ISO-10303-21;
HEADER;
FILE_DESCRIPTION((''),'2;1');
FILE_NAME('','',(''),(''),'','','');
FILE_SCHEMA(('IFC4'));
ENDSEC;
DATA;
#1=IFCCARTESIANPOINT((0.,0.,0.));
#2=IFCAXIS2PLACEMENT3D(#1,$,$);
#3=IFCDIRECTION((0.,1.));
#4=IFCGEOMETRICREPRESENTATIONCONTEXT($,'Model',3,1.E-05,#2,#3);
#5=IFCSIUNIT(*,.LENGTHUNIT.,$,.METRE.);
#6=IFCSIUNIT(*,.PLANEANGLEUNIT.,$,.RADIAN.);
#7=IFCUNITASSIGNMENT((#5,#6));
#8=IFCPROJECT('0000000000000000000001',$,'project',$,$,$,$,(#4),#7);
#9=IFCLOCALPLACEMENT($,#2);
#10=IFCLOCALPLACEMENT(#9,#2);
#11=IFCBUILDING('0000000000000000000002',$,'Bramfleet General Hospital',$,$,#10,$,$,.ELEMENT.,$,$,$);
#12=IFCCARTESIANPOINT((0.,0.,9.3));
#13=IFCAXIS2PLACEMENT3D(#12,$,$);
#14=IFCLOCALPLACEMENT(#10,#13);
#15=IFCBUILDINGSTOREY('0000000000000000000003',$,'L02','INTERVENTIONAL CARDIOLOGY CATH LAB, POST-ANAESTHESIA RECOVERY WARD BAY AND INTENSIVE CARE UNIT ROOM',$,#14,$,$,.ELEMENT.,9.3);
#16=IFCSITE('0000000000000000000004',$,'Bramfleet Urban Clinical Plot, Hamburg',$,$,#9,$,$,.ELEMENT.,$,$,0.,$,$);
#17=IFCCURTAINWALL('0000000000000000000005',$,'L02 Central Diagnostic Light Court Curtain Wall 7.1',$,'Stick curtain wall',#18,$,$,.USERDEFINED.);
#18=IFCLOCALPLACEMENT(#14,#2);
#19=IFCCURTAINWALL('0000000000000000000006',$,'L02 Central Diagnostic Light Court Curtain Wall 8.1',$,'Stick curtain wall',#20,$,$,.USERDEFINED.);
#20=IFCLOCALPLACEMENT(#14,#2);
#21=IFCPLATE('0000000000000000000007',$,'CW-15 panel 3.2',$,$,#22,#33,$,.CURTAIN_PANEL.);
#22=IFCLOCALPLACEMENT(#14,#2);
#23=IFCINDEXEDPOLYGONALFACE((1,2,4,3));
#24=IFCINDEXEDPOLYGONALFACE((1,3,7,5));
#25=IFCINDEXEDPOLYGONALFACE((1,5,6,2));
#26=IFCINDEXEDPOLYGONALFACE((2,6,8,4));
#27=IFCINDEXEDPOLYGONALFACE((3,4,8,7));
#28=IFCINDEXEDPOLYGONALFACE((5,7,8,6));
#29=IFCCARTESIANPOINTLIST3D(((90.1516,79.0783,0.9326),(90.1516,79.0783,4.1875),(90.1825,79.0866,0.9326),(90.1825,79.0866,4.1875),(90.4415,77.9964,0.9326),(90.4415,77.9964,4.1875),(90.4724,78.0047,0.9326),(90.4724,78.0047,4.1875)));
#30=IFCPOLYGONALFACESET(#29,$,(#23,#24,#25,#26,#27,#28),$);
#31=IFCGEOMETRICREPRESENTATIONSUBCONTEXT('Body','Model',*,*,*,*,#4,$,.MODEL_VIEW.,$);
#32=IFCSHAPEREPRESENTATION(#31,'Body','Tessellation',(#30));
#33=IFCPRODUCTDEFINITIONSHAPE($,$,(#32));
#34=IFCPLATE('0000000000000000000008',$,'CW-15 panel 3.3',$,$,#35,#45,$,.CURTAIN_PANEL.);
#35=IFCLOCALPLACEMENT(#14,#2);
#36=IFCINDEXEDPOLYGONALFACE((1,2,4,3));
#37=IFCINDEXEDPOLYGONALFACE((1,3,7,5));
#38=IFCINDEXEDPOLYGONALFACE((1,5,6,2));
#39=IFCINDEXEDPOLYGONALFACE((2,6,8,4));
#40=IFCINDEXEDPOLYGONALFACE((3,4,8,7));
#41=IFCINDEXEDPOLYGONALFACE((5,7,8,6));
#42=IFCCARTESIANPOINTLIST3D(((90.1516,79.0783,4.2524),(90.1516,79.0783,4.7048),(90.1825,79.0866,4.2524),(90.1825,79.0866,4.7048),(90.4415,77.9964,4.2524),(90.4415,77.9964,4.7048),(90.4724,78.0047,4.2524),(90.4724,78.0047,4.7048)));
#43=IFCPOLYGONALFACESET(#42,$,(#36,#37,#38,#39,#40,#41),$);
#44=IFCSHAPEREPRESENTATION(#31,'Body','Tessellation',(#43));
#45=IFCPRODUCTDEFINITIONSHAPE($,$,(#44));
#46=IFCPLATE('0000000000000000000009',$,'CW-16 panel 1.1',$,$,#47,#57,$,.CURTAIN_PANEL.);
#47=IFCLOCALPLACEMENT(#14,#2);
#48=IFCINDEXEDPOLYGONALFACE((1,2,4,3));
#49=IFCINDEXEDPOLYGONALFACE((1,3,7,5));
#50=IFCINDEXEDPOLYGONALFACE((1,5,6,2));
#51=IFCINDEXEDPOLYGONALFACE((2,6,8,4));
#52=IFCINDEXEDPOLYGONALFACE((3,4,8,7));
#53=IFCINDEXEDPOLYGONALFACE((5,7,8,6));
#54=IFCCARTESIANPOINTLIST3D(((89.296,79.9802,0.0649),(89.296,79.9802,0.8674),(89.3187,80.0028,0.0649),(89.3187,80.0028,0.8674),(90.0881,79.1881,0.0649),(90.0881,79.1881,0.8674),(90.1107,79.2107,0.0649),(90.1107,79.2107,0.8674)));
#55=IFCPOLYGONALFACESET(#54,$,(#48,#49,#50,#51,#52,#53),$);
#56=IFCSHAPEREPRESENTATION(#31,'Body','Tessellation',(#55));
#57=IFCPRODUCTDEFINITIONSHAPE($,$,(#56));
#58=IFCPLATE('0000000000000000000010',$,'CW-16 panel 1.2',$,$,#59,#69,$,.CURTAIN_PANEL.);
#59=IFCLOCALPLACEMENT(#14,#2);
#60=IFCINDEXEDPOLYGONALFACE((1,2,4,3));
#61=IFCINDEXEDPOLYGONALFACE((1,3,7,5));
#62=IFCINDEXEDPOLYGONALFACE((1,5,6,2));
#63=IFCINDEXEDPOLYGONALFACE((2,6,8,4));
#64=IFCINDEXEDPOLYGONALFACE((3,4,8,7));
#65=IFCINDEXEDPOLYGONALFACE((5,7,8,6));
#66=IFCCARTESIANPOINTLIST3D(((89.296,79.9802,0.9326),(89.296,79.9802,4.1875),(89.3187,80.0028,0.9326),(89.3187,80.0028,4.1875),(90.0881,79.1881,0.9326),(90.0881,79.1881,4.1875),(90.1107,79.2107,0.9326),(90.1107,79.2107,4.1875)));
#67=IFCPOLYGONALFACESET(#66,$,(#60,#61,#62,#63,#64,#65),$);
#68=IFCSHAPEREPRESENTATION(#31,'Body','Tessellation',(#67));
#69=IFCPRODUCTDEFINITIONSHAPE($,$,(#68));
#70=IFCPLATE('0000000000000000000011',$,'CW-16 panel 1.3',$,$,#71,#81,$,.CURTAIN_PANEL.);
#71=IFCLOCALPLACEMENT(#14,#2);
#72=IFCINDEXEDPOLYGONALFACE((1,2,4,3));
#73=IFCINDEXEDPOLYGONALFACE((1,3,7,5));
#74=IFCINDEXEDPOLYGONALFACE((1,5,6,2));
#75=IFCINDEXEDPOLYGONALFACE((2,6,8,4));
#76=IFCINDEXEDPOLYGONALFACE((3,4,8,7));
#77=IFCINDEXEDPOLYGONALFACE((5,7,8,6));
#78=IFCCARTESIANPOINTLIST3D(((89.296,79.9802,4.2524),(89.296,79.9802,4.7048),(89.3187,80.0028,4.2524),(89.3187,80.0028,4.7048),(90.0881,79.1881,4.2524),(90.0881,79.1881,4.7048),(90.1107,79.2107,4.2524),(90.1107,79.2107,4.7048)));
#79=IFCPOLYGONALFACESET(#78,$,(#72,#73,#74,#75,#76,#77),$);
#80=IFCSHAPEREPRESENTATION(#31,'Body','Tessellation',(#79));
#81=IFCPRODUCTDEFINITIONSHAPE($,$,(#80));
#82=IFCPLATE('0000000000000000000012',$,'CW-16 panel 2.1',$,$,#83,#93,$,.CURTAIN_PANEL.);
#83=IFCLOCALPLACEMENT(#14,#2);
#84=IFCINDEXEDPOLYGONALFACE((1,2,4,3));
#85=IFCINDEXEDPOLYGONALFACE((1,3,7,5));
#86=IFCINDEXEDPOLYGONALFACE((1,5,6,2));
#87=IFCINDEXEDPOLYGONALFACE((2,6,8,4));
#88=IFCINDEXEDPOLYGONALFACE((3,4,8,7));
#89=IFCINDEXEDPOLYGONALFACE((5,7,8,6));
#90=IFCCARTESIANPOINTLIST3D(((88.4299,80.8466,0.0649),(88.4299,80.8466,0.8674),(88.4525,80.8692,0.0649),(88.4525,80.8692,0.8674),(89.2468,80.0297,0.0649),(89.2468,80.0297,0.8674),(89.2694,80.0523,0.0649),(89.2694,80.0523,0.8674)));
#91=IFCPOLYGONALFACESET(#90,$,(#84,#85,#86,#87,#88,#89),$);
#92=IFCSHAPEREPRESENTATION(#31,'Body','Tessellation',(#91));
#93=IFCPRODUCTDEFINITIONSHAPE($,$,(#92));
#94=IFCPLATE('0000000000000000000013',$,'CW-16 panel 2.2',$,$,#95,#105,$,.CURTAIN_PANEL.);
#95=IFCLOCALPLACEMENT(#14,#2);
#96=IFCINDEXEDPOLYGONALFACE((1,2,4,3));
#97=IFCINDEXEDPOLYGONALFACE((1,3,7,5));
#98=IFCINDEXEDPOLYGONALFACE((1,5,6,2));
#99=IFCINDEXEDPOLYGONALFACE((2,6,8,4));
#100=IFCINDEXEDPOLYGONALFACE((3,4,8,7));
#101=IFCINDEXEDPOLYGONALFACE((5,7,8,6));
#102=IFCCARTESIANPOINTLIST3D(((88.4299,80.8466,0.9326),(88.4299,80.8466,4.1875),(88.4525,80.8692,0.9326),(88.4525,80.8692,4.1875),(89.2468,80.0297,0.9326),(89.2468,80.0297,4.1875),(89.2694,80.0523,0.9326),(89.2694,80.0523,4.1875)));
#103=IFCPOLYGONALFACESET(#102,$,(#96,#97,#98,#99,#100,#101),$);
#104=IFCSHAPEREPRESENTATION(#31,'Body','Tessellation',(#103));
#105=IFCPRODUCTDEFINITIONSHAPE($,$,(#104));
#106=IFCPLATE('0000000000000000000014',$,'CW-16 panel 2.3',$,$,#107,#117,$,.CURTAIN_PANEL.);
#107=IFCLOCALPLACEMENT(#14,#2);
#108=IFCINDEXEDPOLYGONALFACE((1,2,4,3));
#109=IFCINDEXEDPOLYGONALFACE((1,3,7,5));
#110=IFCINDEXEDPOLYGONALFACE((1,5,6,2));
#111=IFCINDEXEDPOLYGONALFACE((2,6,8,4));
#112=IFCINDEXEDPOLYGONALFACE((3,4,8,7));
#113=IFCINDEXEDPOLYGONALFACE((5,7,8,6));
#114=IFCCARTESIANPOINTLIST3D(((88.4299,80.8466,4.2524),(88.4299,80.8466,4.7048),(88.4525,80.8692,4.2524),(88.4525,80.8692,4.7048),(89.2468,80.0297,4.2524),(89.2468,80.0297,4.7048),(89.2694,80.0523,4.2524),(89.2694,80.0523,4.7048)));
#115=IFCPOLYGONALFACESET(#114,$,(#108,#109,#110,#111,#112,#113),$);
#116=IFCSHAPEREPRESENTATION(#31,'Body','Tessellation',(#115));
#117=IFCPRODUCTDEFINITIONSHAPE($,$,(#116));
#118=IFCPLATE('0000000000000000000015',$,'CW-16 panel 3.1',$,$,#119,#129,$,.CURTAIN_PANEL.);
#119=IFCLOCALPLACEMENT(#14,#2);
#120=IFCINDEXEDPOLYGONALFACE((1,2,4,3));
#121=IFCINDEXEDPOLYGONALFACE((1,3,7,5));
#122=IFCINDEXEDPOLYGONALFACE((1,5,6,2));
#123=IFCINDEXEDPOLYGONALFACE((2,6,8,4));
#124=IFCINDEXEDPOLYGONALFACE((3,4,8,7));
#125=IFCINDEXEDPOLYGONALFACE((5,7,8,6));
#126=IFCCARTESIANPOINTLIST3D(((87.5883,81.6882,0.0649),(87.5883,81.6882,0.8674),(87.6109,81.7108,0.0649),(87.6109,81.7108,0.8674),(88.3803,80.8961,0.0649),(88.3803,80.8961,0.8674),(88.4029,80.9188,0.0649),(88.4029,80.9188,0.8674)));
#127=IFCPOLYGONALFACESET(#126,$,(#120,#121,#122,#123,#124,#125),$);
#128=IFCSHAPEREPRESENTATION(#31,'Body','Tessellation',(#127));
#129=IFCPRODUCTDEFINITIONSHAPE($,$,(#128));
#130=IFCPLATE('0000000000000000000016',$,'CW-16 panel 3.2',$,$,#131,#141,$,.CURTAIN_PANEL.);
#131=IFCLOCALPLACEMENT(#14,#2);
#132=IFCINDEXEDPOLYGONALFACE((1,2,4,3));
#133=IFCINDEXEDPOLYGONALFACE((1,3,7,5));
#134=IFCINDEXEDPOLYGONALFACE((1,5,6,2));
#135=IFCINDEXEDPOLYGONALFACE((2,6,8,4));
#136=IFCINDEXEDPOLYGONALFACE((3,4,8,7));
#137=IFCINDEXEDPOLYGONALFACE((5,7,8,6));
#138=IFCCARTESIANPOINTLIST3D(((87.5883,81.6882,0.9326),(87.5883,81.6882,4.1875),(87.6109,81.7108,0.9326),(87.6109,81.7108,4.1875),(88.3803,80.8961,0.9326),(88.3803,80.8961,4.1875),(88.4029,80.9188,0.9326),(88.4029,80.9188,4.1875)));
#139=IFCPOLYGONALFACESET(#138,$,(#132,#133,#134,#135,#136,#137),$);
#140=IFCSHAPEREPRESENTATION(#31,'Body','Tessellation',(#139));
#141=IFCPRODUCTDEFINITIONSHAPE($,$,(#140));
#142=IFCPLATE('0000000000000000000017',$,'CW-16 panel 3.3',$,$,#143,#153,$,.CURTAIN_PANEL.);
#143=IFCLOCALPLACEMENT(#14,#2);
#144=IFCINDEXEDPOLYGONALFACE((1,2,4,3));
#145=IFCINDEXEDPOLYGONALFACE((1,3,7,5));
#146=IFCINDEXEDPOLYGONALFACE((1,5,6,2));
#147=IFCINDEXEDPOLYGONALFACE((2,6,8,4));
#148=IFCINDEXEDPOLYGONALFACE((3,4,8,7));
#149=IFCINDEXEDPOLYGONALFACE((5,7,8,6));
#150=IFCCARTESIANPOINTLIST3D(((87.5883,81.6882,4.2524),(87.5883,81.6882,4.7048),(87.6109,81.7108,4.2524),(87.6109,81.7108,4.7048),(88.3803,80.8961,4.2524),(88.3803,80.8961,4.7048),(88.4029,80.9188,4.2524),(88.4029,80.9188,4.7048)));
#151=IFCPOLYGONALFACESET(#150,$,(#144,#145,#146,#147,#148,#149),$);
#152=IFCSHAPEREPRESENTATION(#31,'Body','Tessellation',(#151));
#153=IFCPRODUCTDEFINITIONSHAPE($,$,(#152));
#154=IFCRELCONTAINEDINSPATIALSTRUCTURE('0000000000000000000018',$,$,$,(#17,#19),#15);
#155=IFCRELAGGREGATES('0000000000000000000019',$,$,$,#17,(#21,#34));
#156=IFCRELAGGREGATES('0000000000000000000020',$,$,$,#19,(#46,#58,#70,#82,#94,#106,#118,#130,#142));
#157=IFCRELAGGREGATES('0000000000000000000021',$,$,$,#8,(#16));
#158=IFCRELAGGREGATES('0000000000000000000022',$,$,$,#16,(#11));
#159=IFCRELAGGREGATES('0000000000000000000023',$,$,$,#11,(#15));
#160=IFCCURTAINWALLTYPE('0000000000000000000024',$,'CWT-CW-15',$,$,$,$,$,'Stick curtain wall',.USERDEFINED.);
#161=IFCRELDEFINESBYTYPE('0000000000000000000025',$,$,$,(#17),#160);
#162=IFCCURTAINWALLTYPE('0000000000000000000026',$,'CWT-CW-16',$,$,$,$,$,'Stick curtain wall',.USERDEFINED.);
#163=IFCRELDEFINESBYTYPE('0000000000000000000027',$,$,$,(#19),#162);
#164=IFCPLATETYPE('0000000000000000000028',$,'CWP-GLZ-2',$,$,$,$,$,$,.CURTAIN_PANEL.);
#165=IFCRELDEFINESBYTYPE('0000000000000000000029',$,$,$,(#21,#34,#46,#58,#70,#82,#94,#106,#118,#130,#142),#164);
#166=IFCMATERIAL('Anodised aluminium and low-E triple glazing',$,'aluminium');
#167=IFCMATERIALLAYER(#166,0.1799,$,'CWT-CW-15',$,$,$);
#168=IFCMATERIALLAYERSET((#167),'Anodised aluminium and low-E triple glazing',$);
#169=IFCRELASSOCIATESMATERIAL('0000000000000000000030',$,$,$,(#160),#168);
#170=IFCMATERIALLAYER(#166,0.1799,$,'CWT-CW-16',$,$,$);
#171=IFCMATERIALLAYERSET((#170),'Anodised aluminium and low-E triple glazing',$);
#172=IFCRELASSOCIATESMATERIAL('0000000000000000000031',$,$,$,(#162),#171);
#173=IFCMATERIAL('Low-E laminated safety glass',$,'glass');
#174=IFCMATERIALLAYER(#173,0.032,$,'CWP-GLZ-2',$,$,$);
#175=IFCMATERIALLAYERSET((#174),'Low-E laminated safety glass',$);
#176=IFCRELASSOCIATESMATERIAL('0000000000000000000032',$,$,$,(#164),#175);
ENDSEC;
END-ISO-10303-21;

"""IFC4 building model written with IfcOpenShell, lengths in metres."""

from ifc_helpers import new_model, si_unit, direction, frame, origin, origin_2d, place, context, subcontext, project, spatial, rectangle, extrude, material, layer, layer_set, type_object, element, aggregate, save


model = new_model("IFC4")

# Units and contexts
model_context = context("Model", 3, precision=1e-05, world=origin(), true_north=direction((0.0, 1.0)))
body_context = subcontext(model_context, "Body", "Model", "MODEL_VIEW")
ifc_project = project(units=[si_unit("LENGTHUNIT", "METRE"), si_unit("PLANEANGLEUNIT", "RADIAN")], contexts=[model_context])

# Site, building, storey
site_placement = place(None, origin())
site = spatial("IfcSite", under=ifc_project, at=site_placement, Name="Bramfleet Urban Clinical Plot, Hamburg", CompositionType="ELEMENT", RefElevation=0.0)
building_placement = place(site_placement, origin())
building = spatial("IfcBuilding", under=site, at=building_placement, Name="Bramfleet General Hospital", CompositionType="ELEMENT")
storey_placement = place(building_placement, frame((0.0, 0.0, 9.3)))
storey = spatial("IfcBuildingStorey", under=building, at=storey_placement, Name="L02", Description="INTERVENTIONAL CARDIOLOGY CATH LAB, POST-ANAESTHESIA RECOVERY WARD BAY AND INTENSIVE CARE UNIT ROOM", CompositionType="ELEMENT", Elevation=9.3)

# Curtain walls
ifc_material_1 = material(Name="Anodised aluminium and low-E triple glazing", Category="aluminium")
ifc_layer_1 = layer(ifc_material_1, 0.1799, Name="CWT-CW-15")
ifc_layer_set_1 = layer_set([ifc_layer_1], Name="Anodised aluminium and low-E triple glazing")
curtain_wall_type_1 = type_object("IfcCurtainWallType", Name="CWT-CW-15", ElementType="Stick curtain wall", PredefinedType="USERDEFINED", material=ifc_layer_set_1)
curtain_wall_1_placement = place(storey_placement, origin())
curtain_wall_1 = element("IfcCurtainWall", 1, at=curtain_wall_1_placement, inside=storey, type_object=curtain_wall_type_1, Name="L02 Central Diagnostic Light Court Curtain Wall 7.1", ObjectType="Stick curtain wall", PredefinedType="USERDEFINED")
ifc_layer_2 = layer(ifc_material_1, 0.1799, Name="CWT-CW-16")
ifc_layer_set_2 = layer_set([ifc_layer_2], Name="Anodised aluminium and low-E triple glazing")
curtain_wall_type_2 = type_object("IfcCurtainWallType", Name="CWT-CW-16", ElementType="Stick curtain wall", PredefinedType="USERDEFINED", material=ifc_layer_set_2)
curtain_wall_2_placement = place(storey_placement, origin())
curtain_wall_2 = element("IfcCurtainWall", 2, at=curtain_wall_2_placement, inside=storey, type_object=curtain_wall_type_2, Name="L02 Central Diagnostic Light Court Curtain Wall 8.1", ObjectType="Stick curtain wall", PredefinedType="USERDEFINED")

# Plates
ifc_material_2 = material(Name="Low-E laminated safety glass", Category="glass")
ifc_layer_3 = layer(ifc_material_2, 0.032, Name="CWP-GLZ-2")
ifc_layer_set_3 = layer_set([ifc_layer_3], Name="Low-E laminated safety glass")
plate_type = type_object("IfcPlateType", Name="CWP-GLZ-2", PredefinedType="CURTAIN_PANEL", material=ifc_layer_set_3)
plate_1_placement = place(storey_placement, frame((90.312, 78.5415, 0.9326), z_axis=(0.0, 0.0, 1.0), x_axis=(-0.258763, 0.965941, 0.0)))
plate_1 = element("IfcPlate", 3, at=plate_1_placement, type_object=plate_type, Name="CW-15 panel 3.2", PredefinedType="CURTAIN_PANEL", context=body_context, shape_type="SweptSolid", body=[
    extrude(rectangle(XDim=1.1201, YDim=0.032, at=origin_2d()), origin(), (0.0, 0.0, 1.0), 3.2549),
])
plate_2_placement = place(storey_placement, frame((90.312, 78.5415, 4.2524), z_axis=(0.0, 0.0, 1.0), x_axis=(-0.258763, 0.965941, 0.0)))
plate_2 = element("IfcPlate", 4, at=plate_2_placement, type_object=plate_type, Name="CW-15 panel 3.3", PredefinedType="CURTAIN_PANEL", context=body_context, shape_type="SweptSolid", body=[
    extrude(rectangle(XDim=1.1201, YDim=0.032, at=origin_2d()), origin(), (0.0, 0.0, 1.0), 0.4524),
])
aggregate(curtain_wall_1, [plate_1, plate_2])
plate_3_placement = place(storey_placement, frame((89.7034, 79.5955, 0.0649), z_axis=(0.0, 0.0, 1.0), x_axis=(-0.707107, 0.707107, 0.0)))
plate_3 = element("IfcPlate", 5, at=plate_3_placement, type_object=plate_type, Name="CW-16 panel 1.1", PredefinedType="CURTAIN_PANEL", context=body_context, shape_type="SweptSolid", body=[
    extrude(rectangle(XDim=1.1201, YDim=0.032, at=origin_2d()), origin(), (0.0, 0.0, 1.0), 0.8025),
])
plate_4_placement = place(storey_placement, frame((89.7034, 79.5955, 0.9326), z_axis=(0.0, 0.0, 1.0), x_axis=(-0.707107, 0.707107, 0.0)))
plate_4 = element("IfcPlate", 6, at=plate_4_placement, type_object=plate_type, Name="CW-16 panel 1.2", PredefinedType="CURTAIN_PANEL", context=body_context, shape_type="SweptSolid", body=[
    extrude(rectangle(XDim=1.1201, YDim=0.032, at=origin_2d()), origin(), (0.0, 0.0, 1.0), 3.2549),
])
plate_5_placement = place(storey_placement, frame((89.7034, 79.5955, 4.2524), z_axis=(0.0, 0.0, 1.0), x_axis=(-0.707107, 0.707107, 0.0)))
plate_5 = element("IfcPlate", 7, at=plate_5_placement, type_object=plate_type, Name="CW-16 panel 1.3", PredefinedType="CURTAIN_PANEL", context=body_context, shape_type="SweptSolid", body=[
    extrude(rectangle(XDim=1.1201, YDim=0.032, at=origin_2d()), origin(), (0.0, 0.0, 1.0), 0.4524),
])
plate_6_placement = place(storey_placement, frame((88.8496, 80.4495, 0.0649), z_axis=(0.0, 0.0, 1.0), x_axis=(-0.707107, 0.707107, 0.0)))
plate_6 = element("IfcPlate", 8, at=plate_6_placement, type_object=plate_type, Name="CW-16 panel 2.1", PredefinedType="CURTAIN_PANEL", context=body_context, shape_type="SweptSolid", body=[
    extrude(rectangle(XDim=1.1553, YDim=0.032, at=origin_2d()), origin(), (0.0, 0.0, 1.0), 0.8025),
])
plate_7_placement = place(storey_placement, frame((88.8496, 80.4495, 0.9326), z_axis=(0.0, 0.0, 1.0), x_axis=(-0.707107, 0.707107, 0.0)))
plate_7 = element("IfcPlate", 9, at=plate_7_placement, type_object=plate_type, Name="CW-16 panel 2.2", PredefinedType="CURTAIN_PANEL", context=body_context, shape_type="SweptSolid", body=[
    extrude(rectangle(XDim=1.1553, YDim=0.032, at=origin_2d()), origin(), (0.0, 0.0, 1.0), 3.2549),
])
plate_8_placement = place(storey_placement, frame((88.8496, 80.4495, 4.2524), z_axis=(0.0, 0.0, 1.0), x_axis=(-0.707107, 0.707107, 0.0)))
plate_8 = element("IfcPlate", 10, at=plate_8_placement, type_object=plate_type, Name="CW-16 panel 2.3", PredefinedType="CURTAIN_PANEL", context=body_context, shape_type="SweptSolid", body=[
    extrude(rectangle(XDim=1.1553, YDim=0.032, at=origin_2d()), origin(), (0.0, 0.0, 1.0), 0.4524),
])
plate_9_placement = place(storey_placement, frame((87.9956, 81.3035, 0.0649), z_axis=(0.0, 0.0, 1.0), x_axis=(-0.707107, 0.707107, 0.0)))
plate_9 = element("IfcPlate", 11, at=plate_9_placement, type_object=plate_type, Name="CW-16 panel 3.1", PredefinedType="CURTAIN_PANEL", context=body_context, shape_type="SweptSolid", body=[
    extrude(rectangle(XDim=1.1201, YDim=0.032, at=origin_2d()), origin(), (0.0, 0.0, 1.0), 0.8025),
])
plate_10_placement = place(storey_placement, frame((87.9956, 81.3035, 0.9326), z_axis=(0.0, 0.0, 1.0), x_axis=(-0.707107, 0.707107, 0.0)))
plate_10 = element("IfcPlate", 12, at=plate_10_placement, type_object=plate_type, Name="CW-16 panel 3.2", PredefinedType="CURTAIN_PANEL", context=body_context, shape_type="SweptSolid", body=[
    extrude(rectangle(XDim=1.1201, YDim=0.032, at=origin_2d()), origin(), (0.0, 0.0, 1.0), 3.2549),
])
plate_11_placement = place(storey_placement, frame((87.9956, 81.3035, 4.2524), z_axis=(0.0, 0.0, 1.0), x_axis=(-0.707107, 0.707107, 0.0)))
plate_11 = element("IfcPlate", 13, at=plate_11_placement, type_object=plate_type, Name="CW-16 panel 3.3", PredefinedType="CURTAIN_PANEL", context=body_context, shape_type="SweptSolid", body=[
    extrude(rectangle(XDim=1.1201, YDim=0.032, at=origin_2d()), origin(), (0.0, 0.0, 1.0), 0.4524),
])
aggregate(curtain_wall_2, [plate_3, plate_4, plate_5, plate_6, plate_7, plate_8, plate_9, plate_10, plate_11])

save(model, "model.ifc")
